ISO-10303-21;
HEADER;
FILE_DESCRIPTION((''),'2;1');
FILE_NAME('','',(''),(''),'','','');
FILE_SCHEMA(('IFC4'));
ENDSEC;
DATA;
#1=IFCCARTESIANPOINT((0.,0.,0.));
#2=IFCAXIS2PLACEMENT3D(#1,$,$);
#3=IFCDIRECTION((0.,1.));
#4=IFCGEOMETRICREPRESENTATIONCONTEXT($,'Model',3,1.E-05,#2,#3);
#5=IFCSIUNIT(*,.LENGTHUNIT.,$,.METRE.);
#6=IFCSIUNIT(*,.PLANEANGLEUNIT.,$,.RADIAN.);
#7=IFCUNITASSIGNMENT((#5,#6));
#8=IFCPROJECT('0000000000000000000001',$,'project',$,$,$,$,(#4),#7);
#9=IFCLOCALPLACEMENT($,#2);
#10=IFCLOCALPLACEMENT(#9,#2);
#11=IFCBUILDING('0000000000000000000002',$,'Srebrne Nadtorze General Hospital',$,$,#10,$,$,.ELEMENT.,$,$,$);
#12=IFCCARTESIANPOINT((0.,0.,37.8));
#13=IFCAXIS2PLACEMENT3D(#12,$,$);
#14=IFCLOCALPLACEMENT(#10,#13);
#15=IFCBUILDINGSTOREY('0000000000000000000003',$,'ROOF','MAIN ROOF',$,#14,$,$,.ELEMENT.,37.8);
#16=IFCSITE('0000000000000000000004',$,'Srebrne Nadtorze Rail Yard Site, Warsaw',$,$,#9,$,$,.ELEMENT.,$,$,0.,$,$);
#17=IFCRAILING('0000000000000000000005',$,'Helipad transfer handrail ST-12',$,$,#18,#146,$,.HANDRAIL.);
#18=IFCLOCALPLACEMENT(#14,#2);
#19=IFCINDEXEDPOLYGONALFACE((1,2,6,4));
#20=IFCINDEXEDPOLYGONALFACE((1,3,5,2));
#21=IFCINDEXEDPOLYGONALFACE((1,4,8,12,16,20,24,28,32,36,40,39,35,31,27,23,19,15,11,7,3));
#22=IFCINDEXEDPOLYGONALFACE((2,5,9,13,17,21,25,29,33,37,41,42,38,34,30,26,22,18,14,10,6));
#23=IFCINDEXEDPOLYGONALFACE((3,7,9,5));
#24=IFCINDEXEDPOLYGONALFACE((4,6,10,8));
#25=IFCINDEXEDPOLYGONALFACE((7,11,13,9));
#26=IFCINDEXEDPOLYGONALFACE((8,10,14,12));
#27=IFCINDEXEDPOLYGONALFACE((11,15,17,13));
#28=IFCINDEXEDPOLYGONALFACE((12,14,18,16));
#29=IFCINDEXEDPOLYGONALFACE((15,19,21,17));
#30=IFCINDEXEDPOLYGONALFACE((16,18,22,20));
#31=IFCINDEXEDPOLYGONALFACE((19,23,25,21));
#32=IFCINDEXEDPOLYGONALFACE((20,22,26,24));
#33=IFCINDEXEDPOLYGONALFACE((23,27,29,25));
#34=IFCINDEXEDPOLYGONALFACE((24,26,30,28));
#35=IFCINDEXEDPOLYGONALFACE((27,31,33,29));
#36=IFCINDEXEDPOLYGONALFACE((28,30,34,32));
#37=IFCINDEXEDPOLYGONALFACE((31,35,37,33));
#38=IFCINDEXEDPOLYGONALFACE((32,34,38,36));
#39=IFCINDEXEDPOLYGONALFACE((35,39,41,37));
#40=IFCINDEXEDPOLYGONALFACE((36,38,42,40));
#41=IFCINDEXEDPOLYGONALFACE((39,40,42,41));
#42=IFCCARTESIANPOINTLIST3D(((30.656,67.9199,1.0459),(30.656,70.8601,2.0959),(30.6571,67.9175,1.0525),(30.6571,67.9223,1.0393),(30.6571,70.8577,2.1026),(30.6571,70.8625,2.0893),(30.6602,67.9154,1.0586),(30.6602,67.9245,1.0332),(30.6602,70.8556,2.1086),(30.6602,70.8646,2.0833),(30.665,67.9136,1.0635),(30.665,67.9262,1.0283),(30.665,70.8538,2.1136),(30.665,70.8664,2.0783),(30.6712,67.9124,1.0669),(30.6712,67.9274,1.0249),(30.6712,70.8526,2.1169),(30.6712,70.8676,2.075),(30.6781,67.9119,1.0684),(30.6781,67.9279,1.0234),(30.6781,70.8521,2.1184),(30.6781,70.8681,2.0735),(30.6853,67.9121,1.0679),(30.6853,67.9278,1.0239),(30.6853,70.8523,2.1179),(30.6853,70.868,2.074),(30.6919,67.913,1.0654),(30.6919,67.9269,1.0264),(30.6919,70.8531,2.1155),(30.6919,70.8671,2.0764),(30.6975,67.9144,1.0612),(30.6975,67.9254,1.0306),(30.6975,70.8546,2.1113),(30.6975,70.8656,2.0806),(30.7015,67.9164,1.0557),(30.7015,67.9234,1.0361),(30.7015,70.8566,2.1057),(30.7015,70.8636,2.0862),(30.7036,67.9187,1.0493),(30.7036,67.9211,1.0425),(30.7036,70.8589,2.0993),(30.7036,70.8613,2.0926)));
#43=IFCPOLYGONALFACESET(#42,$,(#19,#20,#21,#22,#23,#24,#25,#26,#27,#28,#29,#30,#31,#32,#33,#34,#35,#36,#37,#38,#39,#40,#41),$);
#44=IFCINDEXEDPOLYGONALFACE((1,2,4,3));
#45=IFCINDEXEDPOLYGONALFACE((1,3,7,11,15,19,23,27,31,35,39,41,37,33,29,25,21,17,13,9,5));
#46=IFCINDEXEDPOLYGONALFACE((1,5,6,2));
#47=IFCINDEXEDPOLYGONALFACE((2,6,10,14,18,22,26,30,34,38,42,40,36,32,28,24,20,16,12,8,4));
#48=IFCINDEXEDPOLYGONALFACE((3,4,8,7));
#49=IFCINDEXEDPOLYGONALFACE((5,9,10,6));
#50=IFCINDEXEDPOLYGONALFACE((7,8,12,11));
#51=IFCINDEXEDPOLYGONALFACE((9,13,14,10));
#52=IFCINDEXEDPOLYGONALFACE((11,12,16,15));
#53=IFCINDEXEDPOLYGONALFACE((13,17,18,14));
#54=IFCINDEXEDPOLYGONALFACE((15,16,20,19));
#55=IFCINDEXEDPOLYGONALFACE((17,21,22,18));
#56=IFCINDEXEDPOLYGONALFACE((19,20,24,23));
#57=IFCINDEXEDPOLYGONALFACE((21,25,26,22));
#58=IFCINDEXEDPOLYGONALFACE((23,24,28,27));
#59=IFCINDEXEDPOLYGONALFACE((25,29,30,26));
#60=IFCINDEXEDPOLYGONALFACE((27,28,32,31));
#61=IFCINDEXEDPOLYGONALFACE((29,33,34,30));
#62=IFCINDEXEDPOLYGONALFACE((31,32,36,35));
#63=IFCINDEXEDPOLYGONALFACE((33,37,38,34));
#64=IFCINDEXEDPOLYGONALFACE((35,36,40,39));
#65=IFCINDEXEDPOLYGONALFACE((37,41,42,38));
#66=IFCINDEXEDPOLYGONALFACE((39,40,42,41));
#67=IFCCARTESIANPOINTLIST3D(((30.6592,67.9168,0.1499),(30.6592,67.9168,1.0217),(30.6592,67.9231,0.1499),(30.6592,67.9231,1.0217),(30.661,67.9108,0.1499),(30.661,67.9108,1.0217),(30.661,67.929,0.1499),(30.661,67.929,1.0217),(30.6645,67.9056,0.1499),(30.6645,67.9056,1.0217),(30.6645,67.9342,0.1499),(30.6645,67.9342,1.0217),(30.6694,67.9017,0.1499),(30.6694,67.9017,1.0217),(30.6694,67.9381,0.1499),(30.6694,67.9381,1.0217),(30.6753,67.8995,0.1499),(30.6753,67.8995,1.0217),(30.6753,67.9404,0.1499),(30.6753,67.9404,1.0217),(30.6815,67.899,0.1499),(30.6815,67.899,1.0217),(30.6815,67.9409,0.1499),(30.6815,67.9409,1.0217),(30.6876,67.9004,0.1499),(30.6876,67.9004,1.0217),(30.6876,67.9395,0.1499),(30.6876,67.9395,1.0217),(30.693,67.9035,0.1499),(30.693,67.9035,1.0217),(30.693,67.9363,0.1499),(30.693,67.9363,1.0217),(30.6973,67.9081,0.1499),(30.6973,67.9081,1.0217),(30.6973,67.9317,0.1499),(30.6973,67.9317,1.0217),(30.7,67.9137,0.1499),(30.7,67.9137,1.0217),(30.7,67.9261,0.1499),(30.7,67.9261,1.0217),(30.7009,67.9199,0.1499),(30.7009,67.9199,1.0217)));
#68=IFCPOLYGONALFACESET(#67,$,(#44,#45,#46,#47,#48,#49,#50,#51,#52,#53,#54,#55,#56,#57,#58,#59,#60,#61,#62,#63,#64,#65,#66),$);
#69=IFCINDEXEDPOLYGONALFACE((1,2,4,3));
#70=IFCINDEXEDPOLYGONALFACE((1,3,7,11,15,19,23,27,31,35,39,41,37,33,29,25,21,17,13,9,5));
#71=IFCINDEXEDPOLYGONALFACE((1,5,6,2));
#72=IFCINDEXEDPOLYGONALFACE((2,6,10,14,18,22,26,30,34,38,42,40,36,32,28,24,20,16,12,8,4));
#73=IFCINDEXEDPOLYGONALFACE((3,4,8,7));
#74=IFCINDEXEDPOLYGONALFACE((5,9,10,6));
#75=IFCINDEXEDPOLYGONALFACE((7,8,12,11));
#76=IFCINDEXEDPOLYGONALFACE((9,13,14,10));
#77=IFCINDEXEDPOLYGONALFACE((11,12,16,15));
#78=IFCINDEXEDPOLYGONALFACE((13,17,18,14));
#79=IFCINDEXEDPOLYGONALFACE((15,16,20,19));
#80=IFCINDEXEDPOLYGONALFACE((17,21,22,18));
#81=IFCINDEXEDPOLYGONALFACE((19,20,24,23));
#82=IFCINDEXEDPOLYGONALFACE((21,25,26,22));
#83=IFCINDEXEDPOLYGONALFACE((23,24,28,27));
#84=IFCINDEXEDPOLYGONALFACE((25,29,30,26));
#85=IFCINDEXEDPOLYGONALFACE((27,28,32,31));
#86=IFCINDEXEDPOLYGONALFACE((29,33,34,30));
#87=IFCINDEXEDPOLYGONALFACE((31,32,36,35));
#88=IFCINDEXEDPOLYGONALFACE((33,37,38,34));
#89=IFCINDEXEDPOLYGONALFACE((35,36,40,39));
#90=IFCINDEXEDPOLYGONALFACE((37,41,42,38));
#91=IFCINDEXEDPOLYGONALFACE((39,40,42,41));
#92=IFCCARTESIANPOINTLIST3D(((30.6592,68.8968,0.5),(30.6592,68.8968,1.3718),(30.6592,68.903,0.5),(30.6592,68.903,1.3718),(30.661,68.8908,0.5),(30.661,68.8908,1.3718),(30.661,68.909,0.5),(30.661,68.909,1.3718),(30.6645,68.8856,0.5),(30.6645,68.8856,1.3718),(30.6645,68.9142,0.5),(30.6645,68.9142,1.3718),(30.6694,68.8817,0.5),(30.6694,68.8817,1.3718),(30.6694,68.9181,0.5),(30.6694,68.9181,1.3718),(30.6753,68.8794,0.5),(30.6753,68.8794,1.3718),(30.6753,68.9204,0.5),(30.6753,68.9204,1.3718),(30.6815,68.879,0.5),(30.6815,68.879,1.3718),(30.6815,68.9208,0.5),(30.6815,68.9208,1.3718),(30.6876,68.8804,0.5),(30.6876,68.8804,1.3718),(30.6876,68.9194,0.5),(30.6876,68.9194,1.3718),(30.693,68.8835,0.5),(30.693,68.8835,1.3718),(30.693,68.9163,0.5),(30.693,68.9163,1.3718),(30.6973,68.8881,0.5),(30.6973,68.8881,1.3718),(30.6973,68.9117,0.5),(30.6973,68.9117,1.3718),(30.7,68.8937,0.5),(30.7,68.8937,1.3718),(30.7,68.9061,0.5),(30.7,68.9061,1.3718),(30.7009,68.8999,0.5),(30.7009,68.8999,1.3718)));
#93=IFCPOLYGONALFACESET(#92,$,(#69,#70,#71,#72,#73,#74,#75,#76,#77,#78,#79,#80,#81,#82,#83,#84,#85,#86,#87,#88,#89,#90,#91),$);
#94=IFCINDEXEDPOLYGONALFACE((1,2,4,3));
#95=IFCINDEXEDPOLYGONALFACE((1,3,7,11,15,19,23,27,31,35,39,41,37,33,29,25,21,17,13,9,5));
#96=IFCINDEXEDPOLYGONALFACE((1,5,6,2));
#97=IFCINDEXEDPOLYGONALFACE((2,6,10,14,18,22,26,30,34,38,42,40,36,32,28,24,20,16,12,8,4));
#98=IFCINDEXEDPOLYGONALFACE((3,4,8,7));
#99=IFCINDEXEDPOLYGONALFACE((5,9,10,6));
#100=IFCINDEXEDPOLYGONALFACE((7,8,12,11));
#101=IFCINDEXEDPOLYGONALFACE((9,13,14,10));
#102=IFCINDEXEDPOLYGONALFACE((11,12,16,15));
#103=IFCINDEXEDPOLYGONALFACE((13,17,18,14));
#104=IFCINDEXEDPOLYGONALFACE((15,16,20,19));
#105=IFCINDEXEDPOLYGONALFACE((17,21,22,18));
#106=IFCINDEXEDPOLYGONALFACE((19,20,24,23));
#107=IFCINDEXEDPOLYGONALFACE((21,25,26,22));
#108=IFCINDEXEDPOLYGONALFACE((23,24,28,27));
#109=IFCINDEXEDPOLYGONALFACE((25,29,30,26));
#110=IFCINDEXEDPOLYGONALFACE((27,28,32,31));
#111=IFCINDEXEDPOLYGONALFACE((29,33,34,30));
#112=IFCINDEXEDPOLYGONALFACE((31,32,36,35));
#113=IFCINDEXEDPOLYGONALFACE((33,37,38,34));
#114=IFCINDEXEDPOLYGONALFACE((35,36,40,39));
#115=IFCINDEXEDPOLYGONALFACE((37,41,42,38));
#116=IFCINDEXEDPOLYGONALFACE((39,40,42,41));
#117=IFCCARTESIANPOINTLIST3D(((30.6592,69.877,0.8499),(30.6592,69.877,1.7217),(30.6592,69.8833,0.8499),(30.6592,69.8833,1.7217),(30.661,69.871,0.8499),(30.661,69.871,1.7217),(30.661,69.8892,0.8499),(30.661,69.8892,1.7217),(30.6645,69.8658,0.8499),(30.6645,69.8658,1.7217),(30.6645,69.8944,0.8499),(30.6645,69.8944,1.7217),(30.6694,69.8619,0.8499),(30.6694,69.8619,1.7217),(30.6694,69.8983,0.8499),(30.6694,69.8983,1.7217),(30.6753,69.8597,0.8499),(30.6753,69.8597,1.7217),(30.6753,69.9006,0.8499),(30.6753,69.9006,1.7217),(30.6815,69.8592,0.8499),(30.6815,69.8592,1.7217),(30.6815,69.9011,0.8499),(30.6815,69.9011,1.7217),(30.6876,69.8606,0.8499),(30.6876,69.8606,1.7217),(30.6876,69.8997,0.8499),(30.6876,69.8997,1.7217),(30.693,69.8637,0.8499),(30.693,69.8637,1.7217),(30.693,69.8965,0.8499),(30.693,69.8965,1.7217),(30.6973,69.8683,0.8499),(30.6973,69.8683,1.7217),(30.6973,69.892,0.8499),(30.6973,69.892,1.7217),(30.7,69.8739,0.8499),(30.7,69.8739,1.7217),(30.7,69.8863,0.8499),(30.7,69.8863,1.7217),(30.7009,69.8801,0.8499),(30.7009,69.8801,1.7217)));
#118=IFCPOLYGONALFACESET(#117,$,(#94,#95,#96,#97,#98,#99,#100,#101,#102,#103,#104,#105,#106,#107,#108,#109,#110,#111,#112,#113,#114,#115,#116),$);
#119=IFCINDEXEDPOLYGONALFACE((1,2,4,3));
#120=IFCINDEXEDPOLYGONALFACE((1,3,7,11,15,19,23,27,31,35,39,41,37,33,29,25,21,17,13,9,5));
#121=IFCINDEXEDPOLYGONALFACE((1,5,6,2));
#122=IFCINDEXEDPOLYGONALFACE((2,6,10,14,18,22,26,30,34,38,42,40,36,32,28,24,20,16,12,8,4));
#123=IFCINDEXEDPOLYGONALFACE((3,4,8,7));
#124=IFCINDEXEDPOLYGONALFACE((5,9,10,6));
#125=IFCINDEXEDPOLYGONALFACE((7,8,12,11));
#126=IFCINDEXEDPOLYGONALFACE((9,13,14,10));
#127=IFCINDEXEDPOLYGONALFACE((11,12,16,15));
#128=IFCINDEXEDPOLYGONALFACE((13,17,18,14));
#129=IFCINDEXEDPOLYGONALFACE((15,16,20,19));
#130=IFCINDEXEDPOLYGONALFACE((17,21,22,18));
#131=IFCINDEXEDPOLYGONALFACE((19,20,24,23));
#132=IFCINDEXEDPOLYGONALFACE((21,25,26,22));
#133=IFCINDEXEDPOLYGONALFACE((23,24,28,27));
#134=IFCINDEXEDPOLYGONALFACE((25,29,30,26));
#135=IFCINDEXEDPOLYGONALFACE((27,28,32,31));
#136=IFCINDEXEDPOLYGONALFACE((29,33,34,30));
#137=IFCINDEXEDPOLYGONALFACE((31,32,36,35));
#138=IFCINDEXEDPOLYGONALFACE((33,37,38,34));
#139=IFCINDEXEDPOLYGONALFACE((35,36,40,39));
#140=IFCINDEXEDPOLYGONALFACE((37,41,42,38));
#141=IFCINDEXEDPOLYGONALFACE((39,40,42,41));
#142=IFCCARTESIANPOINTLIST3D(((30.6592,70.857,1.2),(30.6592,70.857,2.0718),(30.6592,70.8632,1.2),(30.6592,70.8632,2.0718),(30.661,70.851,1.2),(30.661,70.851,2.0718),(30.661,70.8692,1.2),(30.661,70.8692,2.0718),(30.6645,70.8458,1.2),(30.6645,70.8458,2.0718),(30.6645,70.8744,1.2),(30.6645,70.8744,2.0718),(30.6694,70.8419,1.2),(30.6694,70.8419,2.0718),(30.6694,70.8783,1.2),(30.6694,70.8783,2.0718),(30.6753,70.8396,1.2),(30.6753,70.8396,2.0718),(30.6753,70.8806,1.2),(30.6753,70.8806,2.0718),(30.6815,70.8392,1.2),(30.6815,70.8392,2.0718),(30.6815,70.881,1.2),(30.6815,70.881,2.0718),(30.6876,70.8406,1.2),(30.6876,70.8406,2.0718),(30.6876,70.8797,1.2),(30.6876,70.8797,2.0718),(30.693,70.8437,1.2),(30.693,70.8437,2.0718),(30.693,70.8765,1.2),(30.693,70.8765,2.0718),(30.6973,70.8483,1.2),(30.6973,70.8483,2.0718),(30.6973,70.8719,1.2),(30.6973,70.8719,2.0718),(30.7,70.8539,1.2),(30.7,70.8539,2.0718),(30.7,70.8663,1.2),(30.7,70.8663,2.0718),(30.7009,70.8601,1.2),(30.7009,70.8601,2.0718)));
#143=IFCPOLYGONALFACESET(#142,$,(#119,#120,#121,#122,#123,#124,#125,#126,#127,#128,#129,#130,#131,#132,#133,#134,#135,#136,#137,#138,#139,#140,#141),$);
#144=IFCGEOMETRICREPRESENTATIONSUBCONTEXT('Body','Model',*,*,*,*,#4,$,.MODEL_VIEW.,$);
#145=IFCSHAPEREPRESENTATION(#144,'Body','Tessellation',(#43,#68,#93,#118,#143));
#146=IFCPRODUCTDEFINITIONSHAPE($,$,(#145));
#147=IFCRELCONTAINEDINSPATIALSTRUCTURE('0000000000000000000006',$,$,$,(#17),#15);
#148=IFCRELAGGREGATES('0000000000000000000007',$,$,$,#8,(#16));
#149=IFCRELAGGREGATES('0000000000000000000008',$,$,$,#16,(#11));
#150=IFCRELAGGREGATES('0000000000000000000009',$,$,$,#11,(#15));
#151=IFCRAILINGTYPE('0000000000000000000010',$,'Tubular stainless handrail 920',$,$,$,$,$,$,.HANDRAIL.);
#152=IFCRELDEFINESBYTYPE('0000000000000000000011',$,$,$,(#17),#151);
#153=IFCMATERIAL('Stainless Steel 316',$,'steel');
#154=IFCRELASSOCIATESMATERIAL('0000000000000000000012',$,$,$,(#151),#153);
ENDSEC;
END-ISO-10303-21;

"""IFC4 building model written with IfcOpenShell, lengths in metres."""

from ifc_helpers import new_model, si_unit, direction, frame, origin, origin_2d, place, context, subcontext, project, spatial, circle, extrude, material, type_object, element, save


model = new_model("IFC4")

# Units and contexts
model_context = context("Model", 3, precision=1e-05, world=origin(), true_north=direction((0.0, 1.0)))
body_context = subcontext(model_context, "Body", "Model", "MODEL_VIEW")
ifc_project = project(units=[si_unit("LENGTHUNIT", "METRE"), si_unit("PLANEANGLEUNIT", "RADIAN")], contexts=[model_context])

# Site, building, storey
site_placement = place(None, origin())
site = spatial("IfcSite", under=ifc_project, at=site_placement, Name="Srebrne Nadtorze Rail Yard Site, Warsaw", CompositionType="ELEMENT", RefElevation=0.0)
building_placement = place(site_placement, origin())
building = spatial("IfcBuilding", under=site, at=building_placement, Name="Srebrne Nadtorze General Hospital", CompositionType="ELEMENT")
storey_placement = place(building_placement, frame((0.0, 0.0, 37.8)))
storey = spatial("IfcBuildingStorey", under=building, at=storey_placement, Name="ROOF", Description="MAIN ROOF", CompositionType="ELEMENT", Elevation=37.8)

# Railing
ifc_material_1 = material(Name="Stainless Steel 316", Category="steel")
railing_type_1 = type_object("IfcRailingType", Name="Tubular stainless handrail 920", PredefinedType="HANDRAIL", material=ifc_material_1)
for number, where, name in (
    (1, (30.6799, 67.9199, 0.1499), "Helipad transfer handrail ST-12"),
):
    element("IfcRailing", number, at=place(storey_placement, frame(where)), inside=storey, type_object=railing_type_1, Name=name, PredefinedType="HANDRAIL", context=body_context, shape_type="SweptSolid", body=[
        extrude(circle(Radius=0.0239, at=origin_2d()), frame((0.0, 0.0, 0.896), z_axis=(0.0, 0.941744, 0.336331), x_axis=(-1.0, 0.0, 0.0)), (0.0, 0.0, 1.0), 3.1221),
        extrude(circle(Radius=0.021, at=origin_2d()), origin(), (0.0, 0.0, 1.0), 0.8718),
        extrude(circle(Radius=0.021, at=origin_2d()), frame((0.0, 0.98, 0.3501)), (0.0, 0.0, 1.0), 0.8718),
        extrude(circle(Radius=0.021, at=origin_2d()), frame((0.0, 1.9602, 0.7)), (0.0, 0.0, 1.0), 0.8718),
        extrude(circle(Radius=0.021, at=origin_2d()), frame((0.0, 2.9402, 1.05)), (0.0, 0.0, 1.0), 0.8718),
    ])

save(model, "model.ifc")
